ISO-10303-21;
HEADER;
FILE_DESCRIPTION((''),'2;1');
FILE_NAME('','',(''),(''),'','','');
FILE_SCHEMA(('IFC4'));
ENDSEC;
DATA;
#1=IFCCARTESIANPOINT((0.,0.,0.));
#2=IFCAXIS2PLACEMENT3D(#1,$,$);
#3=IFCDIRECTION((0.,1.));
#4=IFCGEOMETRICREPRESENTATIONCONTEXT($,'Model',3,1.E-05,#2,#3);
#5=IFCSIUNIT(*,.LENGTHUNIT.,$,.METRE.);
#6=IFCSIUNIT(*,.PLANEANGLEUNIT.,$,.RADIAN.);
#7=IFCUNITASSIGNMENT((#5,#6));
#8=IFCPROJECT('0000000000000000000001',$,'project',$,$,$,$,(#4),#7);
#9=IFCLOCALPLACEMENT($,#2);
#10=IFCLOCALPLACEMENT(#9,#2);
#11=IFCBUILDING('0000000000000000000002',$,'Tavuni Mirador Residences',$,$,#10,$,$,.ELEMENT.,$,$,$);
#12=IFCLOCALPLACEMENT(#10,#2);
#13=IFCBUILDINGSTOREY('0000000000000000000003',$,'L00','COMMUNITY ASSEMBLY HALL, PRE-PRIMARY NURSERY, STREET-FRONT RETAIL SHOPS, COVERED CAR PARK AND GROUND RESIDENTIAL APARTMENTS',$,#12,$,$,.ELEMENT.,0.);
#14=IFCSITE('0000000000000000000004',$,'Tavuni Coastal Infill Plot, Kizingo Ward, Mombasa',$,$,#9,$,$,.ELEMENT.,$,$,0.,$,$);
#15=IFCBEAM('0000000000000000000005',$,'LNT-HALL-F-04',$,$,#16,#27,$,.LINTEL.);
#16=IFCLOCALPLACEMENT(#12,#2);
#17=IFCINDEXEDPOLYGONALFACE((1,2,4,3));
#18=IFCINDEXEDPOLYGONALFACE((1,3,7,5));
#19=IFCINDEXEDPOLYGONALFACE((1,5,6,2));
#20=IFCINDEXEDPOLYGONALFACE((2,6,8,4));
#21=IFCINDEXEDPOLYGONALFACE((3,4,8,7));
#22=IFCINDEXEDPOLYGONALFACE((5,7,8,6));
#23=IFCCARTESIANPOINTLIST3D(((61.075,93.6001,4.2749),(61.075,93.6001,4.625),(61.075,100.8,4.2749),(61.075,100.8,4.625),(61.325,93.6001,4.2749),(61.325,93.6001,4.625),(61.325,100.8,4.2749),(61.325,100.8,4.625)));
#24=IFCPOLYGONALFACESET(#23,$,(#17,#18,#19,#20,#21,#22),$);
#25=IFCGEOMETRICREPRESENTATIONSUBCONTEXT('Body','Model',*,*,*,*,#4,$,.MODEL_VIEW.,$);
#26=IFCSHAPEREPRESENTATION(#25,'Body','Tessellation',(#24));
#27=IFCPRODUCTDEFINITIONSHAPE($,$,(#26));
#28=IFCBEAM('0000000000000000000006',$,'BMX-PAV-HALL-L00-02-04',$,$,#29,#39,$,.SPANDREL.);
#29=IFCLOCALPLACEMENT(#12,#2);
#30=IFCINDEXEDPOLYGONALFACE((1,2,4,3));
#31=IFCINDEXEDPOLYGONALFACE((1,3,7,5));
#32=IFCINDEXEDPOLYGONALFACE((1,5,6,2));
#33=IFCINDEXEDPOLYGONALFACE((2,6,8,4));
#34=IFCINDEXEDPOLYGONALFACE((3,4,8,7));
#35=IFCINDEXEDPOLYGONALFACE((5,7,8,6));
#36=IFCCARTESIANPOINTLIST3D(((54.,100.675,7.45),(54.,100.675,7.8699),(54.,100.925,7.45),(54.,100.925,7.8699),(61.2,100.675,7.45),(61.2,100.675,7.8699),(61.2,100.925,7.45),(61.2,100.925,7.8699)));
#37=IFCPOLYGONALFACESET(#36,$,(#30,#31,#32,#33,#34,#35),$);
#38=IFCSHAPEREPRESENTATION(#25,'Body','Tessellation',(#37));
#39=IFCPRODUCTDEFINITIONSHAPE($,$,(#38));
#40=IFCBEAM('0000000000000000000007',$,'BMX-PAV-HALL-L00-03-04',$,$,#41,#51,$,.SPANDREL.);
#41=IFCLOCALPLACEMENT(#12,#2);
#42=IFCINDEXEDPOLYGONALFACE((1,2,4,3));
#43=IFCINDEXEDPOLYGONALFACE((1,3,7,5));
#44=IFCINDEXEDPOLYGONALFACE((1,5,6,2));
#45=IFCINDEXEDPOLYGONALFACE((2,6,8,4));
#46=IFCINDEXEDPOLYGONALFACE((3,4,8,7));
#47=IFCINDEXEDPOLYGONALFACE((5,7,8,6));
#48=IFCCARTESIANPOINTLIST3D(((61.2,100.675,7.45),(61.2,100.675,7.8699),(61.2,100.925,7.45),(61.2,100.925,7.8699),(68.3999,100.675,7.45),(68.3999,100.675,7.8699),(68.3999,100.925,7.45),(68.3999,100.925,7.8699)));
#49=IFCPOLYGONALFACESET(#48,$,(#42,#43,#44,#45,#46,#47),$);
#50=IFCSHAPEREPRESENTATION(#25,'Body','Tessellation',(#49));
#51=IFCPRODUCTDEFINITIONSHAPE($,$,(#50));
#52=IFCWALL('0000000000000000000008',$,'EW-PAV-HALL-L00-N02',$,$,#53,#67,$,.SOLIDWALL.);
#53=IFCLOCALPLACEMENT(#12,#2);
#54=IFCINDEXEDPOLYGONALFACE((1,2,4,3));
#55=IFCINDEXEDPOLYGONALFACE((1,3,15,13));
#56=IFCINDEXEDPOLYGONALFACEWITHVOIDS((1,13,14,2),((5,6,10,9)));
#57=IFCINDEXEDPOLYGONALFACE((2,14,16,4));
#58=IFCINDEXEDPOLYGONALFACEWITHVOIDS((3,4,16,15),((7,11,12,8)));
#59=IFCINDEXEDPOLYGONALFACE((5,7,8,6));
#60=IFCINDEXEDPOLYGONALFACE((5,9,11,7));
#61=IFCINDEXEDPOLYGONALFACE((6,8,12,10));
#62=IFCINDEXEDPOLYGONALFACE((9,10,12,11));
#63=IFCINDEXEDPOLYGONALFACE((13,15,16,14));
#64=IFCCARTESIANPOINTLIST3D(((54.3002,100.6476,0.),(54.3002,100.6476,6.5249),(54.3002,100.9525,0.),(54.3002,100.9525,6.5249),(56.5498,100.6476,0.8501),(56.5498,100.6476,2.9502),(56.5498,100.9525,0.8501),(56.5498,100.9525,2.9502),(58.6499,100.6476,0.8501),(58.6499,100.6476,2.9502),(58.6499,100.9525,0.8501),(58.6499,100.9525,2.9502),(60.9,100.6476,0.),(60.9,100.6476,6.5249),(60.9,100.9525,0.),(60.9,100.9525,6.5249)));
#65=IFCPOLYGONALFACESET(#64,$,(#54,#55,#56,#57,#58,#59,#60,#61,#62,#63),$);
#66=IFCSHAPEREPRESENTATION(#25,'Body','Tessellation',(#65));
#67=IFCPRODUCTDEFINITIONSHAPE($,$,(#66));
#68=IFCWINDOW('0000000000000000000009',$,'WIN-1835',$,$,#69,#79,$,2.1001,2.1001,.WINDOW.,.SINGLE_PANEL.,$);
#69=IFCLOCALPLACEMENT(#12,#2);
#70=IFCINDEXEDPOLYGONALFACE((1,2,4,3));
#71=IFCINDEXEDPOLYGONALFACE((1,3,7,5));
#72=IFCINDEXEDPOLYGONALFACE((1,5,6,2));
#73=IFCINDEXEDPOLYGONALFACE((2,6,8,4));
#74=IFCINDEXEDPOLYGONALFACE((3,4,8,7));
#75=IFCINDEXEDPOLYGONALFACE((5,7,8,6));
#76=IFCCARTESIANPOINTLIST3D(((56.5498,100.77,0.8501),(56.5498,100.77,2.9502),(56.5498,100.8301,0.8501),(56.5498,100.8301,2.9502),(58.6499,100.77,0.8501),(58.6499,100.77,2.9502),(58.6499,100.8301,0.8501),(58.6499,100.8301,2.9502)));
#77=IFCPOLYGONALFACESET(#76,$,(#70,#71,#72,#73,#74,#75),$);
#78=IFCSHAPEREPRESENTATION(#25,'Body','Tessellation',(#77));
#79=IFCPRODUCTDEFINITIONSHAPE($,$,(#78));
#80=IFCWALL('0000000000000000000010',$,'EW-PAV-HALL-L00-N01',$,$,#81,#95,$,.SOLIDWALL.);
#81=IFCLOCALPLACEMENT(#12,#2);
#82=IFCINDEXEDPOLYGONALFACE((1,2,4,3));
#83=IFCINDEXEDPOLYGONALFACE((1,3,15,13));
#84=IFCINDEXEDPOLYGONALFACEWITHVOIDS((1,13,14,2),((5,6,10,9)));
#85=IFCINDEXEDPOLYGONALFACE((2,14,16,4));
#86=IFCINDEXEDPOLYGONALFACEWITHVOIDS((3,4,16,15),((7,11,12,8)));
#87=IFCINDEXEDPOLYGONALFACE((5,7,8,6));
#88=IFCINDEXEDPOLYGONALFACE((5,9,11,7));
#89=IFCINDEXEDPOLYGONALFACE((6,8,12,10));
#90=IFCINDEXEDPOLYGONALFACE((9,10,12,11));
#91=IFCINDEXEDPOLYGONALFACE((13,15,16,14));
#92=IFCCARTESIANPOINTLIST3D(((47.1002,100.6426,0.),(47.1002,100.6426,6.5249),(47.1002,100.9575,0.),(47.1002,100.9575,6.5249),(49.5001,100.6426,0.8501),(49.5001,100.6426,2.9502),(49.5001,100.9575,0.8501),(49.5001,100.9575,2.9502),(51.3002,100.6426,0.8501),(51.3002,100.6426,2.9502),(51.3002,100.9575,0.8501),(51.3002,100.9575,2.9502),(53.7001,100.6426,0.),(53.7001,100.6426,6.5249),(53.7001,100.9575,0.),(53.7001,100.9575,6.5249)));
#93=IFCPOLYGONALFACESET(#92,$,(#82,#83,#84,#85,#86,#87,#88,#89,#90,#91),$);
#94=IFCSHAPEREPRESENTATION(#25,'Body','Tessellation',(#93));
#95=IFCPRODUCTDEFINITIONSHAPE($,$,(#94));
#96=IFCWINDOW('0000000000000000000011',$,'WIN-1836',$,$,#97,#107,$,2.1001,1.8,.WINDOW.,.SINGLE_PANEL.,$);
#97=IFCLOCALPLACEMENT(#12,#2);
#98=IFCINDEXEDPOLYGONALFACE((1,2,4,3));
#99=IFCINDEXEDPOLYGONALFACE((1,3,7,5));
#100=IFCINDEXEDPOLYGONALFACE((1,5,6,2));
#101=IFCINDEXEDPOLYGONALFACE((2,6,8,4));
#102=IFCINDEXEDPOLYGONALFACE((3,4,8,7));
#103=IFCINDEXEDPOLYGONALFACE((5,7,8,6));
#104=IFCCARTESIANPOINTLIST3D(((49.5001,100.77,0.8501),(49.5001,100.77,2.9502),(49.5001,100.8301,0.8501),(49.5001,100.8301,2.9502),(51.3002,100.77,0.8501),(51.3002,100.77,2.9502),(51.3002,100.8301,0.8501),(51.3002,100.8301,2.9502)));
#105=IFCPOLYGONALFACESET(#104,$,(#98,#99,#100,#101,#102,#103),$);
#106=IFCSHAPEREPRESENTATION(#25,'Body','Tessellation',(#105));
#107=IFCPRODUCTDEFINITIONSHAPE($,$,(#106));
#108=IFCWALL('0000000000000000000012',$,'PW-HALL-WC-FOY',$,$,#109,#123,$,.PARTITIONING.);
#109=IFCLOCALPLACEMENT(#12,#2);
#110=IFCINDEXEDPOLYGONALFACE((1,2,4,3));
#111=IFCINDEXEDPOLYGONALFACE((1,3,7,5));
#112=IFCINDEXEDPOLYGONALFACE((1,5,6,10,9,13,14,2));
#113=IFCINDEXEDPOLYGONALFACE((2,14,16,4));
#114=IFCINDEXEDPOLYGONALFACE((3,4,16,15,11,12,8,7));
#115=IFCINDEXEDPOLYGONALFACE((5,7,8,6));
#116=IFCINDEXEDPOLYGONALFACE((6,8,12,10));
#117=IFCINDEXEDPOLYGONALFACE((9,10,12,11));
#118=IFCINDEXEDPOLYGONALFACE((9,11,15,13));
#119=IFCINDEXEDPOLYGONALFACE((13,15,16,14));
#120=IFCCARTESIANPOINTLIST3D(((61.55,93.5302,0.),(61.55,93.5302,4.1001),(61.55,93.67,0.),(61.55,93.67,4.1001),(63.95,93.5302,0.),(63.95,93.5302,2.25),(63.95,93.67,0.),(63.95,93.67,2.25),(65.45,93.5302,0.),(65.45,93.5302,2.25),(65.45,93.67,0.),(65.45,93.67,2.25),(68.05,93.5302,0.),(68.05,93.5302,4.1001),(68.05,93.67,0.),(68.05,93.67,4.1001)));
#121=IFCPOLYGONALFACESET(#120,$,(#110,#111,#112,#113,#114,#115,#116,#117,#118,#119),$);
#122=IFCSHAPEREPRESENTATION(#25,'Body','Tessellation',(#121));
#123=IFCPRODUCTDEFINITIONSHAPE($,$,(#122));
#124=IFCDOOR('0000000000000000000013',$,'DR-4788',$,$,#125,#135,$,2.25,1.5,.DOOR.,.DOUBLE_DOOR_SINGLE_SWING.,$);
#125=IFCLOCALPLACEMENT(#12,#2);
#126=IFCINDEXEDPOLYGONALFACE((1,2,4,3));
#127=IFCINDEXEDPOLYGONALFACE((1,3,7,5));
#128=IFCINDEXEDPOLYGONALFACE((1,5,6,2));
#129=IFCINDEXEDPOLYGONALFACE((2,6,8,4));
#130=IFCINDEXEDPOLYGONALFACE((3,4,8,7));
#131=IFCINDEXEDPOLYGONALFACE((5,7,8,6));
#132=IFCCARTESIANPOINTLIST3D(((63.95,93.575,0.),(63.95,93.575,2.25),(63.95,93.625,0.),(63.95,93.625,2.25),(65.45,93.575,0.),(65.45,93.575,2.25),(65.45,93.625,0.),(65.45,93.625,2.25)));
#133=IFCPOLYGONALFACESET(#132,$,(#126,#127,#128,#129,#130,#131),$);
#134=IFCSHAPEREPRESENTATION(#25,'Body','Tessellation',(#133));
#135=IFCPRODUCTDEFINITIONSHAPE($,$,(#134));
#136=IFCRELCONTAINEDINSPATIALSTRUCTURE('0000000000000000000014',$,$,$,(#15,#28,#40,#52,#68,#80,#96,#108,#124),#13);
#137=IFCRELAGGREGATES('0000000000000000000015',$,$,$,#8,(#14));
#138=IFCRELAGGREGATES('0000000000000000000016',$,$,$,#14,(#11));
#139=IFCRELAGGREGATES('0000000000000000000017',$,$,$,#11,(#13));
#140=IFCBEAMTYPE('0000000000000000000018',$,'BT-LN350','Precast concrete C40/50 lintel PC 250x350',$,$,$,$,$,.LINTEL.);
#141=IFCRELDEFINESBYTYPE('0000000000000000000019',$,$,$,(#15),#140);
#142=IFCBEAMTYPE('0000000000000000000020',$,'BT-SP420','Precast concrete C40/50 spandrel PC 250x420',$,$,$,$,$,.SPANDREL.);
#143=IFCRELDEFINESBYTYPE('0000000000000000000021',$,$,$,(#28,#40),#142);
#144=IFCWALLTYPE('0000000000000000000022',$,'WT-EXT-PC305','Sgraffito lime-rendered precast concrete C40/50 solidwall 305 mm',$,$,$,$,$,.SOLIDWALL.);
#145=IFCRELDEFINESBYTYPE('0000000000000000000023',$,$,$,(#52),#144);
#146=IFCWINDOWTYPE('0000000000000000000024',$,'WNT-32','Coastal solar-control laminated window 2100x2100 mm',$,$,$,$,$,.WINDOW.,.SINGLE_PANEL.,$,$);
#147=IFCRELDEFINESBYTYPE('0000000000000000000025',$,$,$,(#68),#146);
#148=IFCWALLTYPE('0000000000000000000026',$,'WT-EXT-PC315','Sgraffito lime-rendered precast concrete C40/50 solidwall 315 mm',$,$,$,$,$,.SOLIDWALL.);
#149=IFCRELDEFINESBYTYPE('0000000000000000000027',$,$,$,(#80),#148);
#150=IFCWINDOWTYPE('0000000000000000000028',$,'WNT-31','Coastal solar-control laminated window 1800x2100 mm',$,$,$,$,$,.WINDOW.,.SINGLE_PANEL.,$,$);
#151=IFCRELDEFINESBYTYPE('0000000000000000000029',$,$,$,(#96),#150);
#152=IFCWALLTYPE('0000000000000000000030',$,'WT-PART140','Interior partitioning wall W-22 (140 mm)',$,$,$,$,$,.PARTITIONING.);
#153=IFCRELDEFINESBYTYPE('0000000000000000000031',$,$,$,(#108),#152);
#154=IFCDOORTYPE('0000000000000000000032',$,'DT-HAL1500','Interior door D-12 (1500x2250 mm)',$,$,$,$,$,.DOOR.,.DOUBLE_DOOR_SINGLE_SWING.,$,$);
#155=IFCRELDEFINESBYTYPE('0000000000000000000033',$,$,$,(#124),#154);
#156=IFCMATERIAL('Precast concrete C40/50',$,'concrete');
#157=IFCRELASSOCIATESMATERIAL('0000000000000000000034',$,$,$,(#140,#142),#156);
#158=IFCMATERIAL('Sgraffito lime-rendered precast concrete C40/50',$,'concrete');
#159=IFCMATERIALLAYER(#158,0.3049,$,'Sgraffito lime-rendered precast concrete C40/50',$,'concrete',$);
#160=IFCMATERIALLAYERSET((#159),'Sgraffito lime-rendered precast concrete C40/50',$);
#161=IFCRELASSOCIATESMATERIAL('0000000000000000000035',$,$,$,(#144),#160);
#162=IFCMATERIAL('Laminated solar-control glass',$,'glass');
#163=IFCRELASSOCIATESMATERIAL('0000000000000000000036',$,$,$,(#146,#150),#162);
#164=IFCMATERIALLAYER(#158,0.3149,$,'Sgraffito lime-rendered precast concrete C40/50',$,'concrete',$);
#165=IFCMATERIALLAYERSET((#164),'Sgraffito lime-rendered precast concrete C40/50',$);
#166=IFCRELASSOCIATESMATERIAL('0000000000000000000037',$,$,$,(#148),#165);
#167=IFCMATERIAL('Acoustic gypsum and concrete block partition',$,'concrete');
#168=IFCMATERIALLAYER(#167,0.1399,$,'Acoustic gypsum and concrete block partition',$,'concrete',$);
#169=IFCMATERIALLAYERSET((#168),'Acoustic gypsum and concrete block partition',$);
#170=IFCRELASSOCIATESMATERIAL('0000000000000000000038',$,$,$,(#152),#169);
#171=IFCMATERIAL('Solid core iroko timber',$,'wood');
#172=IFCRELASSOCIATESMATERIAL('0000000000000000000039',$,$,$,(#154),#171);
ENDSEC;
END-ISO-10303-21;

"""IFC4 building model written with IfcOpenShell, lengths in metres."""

from ifc_helpers import new_model, si_unit, direction, frame, frame_2d, origin, origin_2d, place, context, subcontext, project, spatial, rectangle, extrude, material, layer, layer_set, material_profile, profile_set, type_object, element, fill, save


model = new_model("IFC4")

# Units and contexts
model_context = context("Model", 3, precision=1e-05, world=origin(), true_north=direction((0.0, 1.0)))
body_context = subcontext(model_context, "Body", "Model", "MODEL_VIEW")
ifc_project = project(units=[si_unit("LENGTHUNIT", "METRE"), si_unit("PLANEANGLEUNIT", "RADIAN")], contexts=[model_context])

# Site, building, storey
site_placement = place(None, origin())
site = spatial("IfcSite", under=ifc_project, at=site_placement, Name="Tavuni Coastal Infill Plot, Kizingo Ward, Mombasa", CompositionType="ELEMENT", RefElevation=0.0)
building_placement = place(site_placement, origin())
building = spatial("IfcBuilding", under=site, at=building_placement, Name="Tavuni Mirador Residences", CompositionType="ELEMENT")
storey_placement = place(building_placement, origin())
storey = spatial("IfcBuildingStorey", under=building, at=storey_placement, Name="L00", Description="COMMUNITY ASSEMBLY HALL, PRE-PRIMARY NURSERY, STREET-FRONT RETAIL SHOPS, COVERED CAR PARK AND GROUND RESIDENTIAL APARTMENTS", CompositionType="ELEMENT", Elevation=0.0)

# Shared definitions
ifc_material_1 = material(Name="Precast concrete C40/50", Category="concrete")

# Beams
ifc_material_profile_1 = material_profile(ifc_material_1, rectangle(XDim=0.25, YDim=0.3501, at=origin_2d()), Name="PC 250x350", Category="concrete")
ifc_profile_set_1 = profile_set([ifc_material_profile_1], Name="Precast concrete C40/50")
beam_type_1 = type_object("IfcBeamType", Name="BT-LN350", Description="Precast concrete C40/50 lintel PC 250x350", PredefinedType="LINTEL", material=ifc_profile_set_1)
beam_1_placement = place(storey_placement, frame((61.2, 93.6001, 4.45), z_axis=(0.0, 1.0, 0.0), x_axis=(-1.0, 0.0, 0.0)))
element("IfcBeam", 1, at=beam_1_placement, inside=storey, type_object=beam_type_1, Name="LNT-HALL-F-04", PredefinedType="LINTEL", context=body_context, shape_type="SweptSolid", body=[
    extrude(rectangle(XDim=0.25, YDim=0.3501, at=origin_2d()), origin(), (0.0, 0.0, 1.0), 7.2),
])
ifc_material_profile_2 = material_profile(ifc_material_1, rectangle(XDim=0.25, YDim=0.4199, at=origin_2d()), Name="PC 250x420", Category="concrete")
ifc_profile_set_2 = profile_set([ifc_material_profile_2], Name="Precast concrete C40/50")
beam_type_2 = type_object("IfcBeamType", Name="BT-SP420", Description="Precast concrete C40/50 spandrel PC 250x420", PredefinedType="SPANDREL", material=ifc_profile_set_2)
for number, where, z_axis, x_axis, name in (
    (2, (54.0, 100.8, 7.6599), (1.0, 0.0, 0.0), (0.0, 1.0, 0.0), "BMX-PAV-HALL-L00-02-04"),
    (3, (61.2, 100.8, 7.6599), (1.0, 0.0, 0.0), (0.0, 1.0, 0.0), "BMX-PAV-HALL-L00-03-04"),
):
    element("IfcBeam", number, at=place(storey_placement, frame(where, z_axis=z_axis, x_axis=x_axis)), inside=storey, type_object=beam_type_2, Name=name, PredefinedType="SPANDREL", context=body_context, shape_type="SweptSolid", body=[
        extrude(rectangle(XDim=0.25, YDim=0.4199, at=origin_2d()), origin(), (0.0, 0.0, 1.0), 7.2),
    ])

# Walls, openings, windows
ifc_material_2 = material(Name="Sgraffito lime-rendered precast concrete C40/50", Category="concrete")
ifc_layer_1 = layer(ifc_material_2, 0.3049, Name="Sgraffito lime-rendered precast concrete C40/50", Category="concrete")
ifc_layer_set_1 = layer_set([ifc_layer_1], Name="Sgraffito lime-rendered precast concrete C40/50")
wall_type_1 = type_object("IfcWallType", Name="WT-EXT-PC305", Description="Sgraffito lime-rendered precast concrete C40/50 solidwall 305 mm", PredefinedType="SOLIDWALL", material=ifc_layer_set_1)
wall_1_placement = place(storey_placement, frame((60.8999, 100.8, 0.0), z_axis=(0.0, 0.0, 1.0), x_axis=(-1.0, 0.0, 0.0)))
wall_1 = element("IfcWall", 4, at=wall_1_placement, inside=storey, type_object=wall_type_1, Name="EW-PAV-HALL-L00-N02", PredefinedType="SOLIDWALL", context=body_context, shape_type="SweptSolid", body=[
    extrude(rectangle(XDim=6.5999, YDim=0.3049, at=frame_2d((3.2998, 0.0))), origin(), (0.0, 0.0, 1.0), 6.5249),
])
opening_1_placement = place(wall_1_placement, frame((2.25, 0.0, 0.8501)))
opening_1 = element("IfcOpeningElement", 5, at=opening_1_placement, cuts=wall_1, PredefinedType="OPENING", context=body_context, shape_type="SweptSolid", body=[
    extrude(rectangle(XDim=2.1001, YDim=2.1001, at=frame_2d((1.05, 1.05))), frame((0.0, 0.1626, 0.0), z_axis=(0.0, -1.0, 0.0), x_axis=(1.0, 0.0, 0.0)), (0.0, 0.0, 1.0), 0.325),
])
ifc_material_3 = material(Name="Laminated solar-control glass", Category="glass")
window_type_1 = type_object("IfcWindowType", Name="WNT-32", Description="Coastal solar-control laminated window 2100x2100 mm", PartitioningType="SINGLE_PANEL", PredefinedType="WINDOW", material=ifc_material_3)
window_1_placement = place(opening_1_placement, origin())
window_1 = element("IfcWindow", 6, at=window_1_placement, inside=storey, type_object=window_type_1, Name="WIN-1835", OverallHeight=2.1001, OverallWidth=2.1001, PartitioningType="SINGLE_PANEL", PredefinedType="WINDOW", context=body_context, shape_type="SweptSolid", body=[
    extrude(rectangle(XDim=2.1001, YDim=2.1001, at=frame_2d((1.05, 1.05))), frame((0.0, 0.03, 0.0), z_axis=(0.0, -1.0, 0.0), x_axis=(1.0, 0.0, 0.0)), (0.0, 0.0, 1.0), 0.0601),
])
fill(opening_1, window_1)
ifc_layer_2 = layer(ifc_material_2, 0.3149, Name="Sgraffito lime-rendered precast concrete C40/50", Category="concrete")
ifc_layer_set_2 = layer_set([ifc_layer_2], Name="Sgraffito lime-rendered precast concrete C40/50")
wall_type_2 = type_object("IfcWallType", Name="WT-EXT-PC315", Description="Sgraffito lime-rendered precast concrete C40/50 solidwall 315 mm", PredefinedType="SOLIDWALL", material=ifc_layer_set_2)
wall_2_placement = place(storey_placement, frame((53.7, 100.8, 0.0), z_axis=(0.0, 0.0, 1.0), x_axis=(-1.0, 0.0, 0.0)))
wall_2 = element("IfcWall", 7, at=wall_2_placement, inside=storey, type_object=wall_type_2, Name="EW-PAV-HALL-L00-N01", PredefinedType="SOLIDWALL", context=body_context, shape_type="SweptSolid", body=[
    extrude(rectangle(XDim=6.5999, YDim=0.3149, at=frame_2d((3.2998, 0.0))), origin(), (0.0, 0.0, 1.0), 6.5249),
])
opening_2_placement = place(wall_2_placement, frame((2.3999, 0.0, 0.8501)))
opening_2 = element("IfcOpeningElement", 8, at=opening_2_placement, cuts=wall_2, PredefinedType="OPENING", context=body_context, shape_type="SweptSolid", body=[
    extrude(rectangle(XDim=1.8, YDim=2.1001, at=frame_2d((0.8999, 1.05))), frame((0.0, 0.1675, 0.0), z_axis=(0.0, -1.0, 0.0), x_axis=(1.0, 0.0, 0.0)), (0.0, 0.0, 1.0), 0.335),
])
window_type_2 = type_object("IfcWindowType", Name="WNT-31", Description="Coastal solar-control laminated window 1800x2100 mm", PartitioningType="SINGLE_PANEL", PredefinedType="WINDOW", material=ifc_material_3)
window_2_placement = place(opening_2_placement, origin())
window_2 = element("IfcWindow", 9, at=window_2_placement, inside=storey, type_object=window_type_2, Name="WIN-1836", OverallHeight=2.1001, OverallWidth=1.8, PartitioningType="SINGLE_PANEL", PredefinedType="WINDOW", context=body_context, shape_type="SweptSolid", body=[
    extrude(rectangle(XDim=1.8, YDim=2.1001, at=frame_2d((0.8999, 1.05))), frame((0.0, 0.03, 0.0), z_axis=(0.0, -1.0, 0.0), x_axis=(1.0, 0.0, 0.0)), (0.0, 0.0, 1.0), 0.0601),
])
fill(opening_2, window_2)

# Wall, opening, door
ifc_material_4 = material(Name="Acoustic gypsum and concrete block partition", Category="concrete")
ifc_layer_3 = layer(ifc_material_4, 0.1399, Name="Acoustic gypsum and concrete block partition", Category="concrete")
ifc_layer_set_3 = layer_set([ifc_layer_3], Name="Acoustic gypsum and concrete block partition")
wall_type_3 = type_object("IfcWallType", Name="WT-PART140", Description="Interior partitioning wall W-22 (140 mm)", PredefinedType="PARTITIONING", material=ifc_layer_set_3)
wall_3_placement = place(storey_placement, frame((61.55, 93.6001, 0.0), z_axis=(0.0, 0.0, 1.0), x_axis=(1.0, 0.0, 0.0)))
wall_3 = element("IfcWall", 10, at=wall_3_placement, inside=storey, type_object=wall_type_3, Name="PW-HALL-WC-FOY", PredefinedType="PARTITIONING", context=body_context, shape_type="SweptSolid", body=[
    extrude(rectangle(XDim=6.5, YDim=0.1399, at=frame_2d((3.25, 0.0))), origin(), (0.0, 0.0, 1.0), 4.1001),
])
opening_3_placement = place(wall_3_placement, frame((2.3999, 0.0, 0.0)))
opening_3 = element("IfcOpeningElement", 11, at=opening_3_placement, cuts=wall_3, PredefinedType="OPENING", context=body_context, shape_type="SweptSolid", body=[
    extrude(rectangle(XDim=1.5, YDim=2.25, at=frame_2d((0.75, 1.125))), frame((0.0, 0.0801, 0.0), z_axis=(0.0, -1.0, 0.0), x_axis=(1.0, 0.0, 0.0)), (0.0, 0.0, 1.0), 0.1599),
])
ifc_material_5 = material(Name="Solid core iroko timber", Category="wood")
door_type_1 = type_object("IfcDoorType", Name="DT-HAL1500", Description="Interior door D-12 (1500x2250 mm)", OperationType="DOUBLE_DOOR_SINGLE_SWING", PredefinedType="DOOR", material=ifc_material_5)
door_1_placement = place(opening_3_placement, origin())
door_1 = element("IfcDoor", 12, at=door_1_placement, inside=storey, type_object=door_type_1, Name="DR-4788", OperationType="DOUBLE_DOOR_SINGLE_SWING", OverallHeight=2.25, OverallWidth=1.5, PredefinedType="DOOR", context=body_context, shape_type="SweptSolid", body=[
    extrude(rectangle(XDim=1.5, YDim=2.25, at=frame_2d((0.75, 1.125))), frame((0.0, 0.0249, 0.0), z_axis=(0.0, -1.0, 0.0), x_axis=(1.0, 0.0, 0.0)), (0.0, 0.0, 1.0), 0.05),
])
fill(opening_3, door_1)

save(model, "model.ifc")
